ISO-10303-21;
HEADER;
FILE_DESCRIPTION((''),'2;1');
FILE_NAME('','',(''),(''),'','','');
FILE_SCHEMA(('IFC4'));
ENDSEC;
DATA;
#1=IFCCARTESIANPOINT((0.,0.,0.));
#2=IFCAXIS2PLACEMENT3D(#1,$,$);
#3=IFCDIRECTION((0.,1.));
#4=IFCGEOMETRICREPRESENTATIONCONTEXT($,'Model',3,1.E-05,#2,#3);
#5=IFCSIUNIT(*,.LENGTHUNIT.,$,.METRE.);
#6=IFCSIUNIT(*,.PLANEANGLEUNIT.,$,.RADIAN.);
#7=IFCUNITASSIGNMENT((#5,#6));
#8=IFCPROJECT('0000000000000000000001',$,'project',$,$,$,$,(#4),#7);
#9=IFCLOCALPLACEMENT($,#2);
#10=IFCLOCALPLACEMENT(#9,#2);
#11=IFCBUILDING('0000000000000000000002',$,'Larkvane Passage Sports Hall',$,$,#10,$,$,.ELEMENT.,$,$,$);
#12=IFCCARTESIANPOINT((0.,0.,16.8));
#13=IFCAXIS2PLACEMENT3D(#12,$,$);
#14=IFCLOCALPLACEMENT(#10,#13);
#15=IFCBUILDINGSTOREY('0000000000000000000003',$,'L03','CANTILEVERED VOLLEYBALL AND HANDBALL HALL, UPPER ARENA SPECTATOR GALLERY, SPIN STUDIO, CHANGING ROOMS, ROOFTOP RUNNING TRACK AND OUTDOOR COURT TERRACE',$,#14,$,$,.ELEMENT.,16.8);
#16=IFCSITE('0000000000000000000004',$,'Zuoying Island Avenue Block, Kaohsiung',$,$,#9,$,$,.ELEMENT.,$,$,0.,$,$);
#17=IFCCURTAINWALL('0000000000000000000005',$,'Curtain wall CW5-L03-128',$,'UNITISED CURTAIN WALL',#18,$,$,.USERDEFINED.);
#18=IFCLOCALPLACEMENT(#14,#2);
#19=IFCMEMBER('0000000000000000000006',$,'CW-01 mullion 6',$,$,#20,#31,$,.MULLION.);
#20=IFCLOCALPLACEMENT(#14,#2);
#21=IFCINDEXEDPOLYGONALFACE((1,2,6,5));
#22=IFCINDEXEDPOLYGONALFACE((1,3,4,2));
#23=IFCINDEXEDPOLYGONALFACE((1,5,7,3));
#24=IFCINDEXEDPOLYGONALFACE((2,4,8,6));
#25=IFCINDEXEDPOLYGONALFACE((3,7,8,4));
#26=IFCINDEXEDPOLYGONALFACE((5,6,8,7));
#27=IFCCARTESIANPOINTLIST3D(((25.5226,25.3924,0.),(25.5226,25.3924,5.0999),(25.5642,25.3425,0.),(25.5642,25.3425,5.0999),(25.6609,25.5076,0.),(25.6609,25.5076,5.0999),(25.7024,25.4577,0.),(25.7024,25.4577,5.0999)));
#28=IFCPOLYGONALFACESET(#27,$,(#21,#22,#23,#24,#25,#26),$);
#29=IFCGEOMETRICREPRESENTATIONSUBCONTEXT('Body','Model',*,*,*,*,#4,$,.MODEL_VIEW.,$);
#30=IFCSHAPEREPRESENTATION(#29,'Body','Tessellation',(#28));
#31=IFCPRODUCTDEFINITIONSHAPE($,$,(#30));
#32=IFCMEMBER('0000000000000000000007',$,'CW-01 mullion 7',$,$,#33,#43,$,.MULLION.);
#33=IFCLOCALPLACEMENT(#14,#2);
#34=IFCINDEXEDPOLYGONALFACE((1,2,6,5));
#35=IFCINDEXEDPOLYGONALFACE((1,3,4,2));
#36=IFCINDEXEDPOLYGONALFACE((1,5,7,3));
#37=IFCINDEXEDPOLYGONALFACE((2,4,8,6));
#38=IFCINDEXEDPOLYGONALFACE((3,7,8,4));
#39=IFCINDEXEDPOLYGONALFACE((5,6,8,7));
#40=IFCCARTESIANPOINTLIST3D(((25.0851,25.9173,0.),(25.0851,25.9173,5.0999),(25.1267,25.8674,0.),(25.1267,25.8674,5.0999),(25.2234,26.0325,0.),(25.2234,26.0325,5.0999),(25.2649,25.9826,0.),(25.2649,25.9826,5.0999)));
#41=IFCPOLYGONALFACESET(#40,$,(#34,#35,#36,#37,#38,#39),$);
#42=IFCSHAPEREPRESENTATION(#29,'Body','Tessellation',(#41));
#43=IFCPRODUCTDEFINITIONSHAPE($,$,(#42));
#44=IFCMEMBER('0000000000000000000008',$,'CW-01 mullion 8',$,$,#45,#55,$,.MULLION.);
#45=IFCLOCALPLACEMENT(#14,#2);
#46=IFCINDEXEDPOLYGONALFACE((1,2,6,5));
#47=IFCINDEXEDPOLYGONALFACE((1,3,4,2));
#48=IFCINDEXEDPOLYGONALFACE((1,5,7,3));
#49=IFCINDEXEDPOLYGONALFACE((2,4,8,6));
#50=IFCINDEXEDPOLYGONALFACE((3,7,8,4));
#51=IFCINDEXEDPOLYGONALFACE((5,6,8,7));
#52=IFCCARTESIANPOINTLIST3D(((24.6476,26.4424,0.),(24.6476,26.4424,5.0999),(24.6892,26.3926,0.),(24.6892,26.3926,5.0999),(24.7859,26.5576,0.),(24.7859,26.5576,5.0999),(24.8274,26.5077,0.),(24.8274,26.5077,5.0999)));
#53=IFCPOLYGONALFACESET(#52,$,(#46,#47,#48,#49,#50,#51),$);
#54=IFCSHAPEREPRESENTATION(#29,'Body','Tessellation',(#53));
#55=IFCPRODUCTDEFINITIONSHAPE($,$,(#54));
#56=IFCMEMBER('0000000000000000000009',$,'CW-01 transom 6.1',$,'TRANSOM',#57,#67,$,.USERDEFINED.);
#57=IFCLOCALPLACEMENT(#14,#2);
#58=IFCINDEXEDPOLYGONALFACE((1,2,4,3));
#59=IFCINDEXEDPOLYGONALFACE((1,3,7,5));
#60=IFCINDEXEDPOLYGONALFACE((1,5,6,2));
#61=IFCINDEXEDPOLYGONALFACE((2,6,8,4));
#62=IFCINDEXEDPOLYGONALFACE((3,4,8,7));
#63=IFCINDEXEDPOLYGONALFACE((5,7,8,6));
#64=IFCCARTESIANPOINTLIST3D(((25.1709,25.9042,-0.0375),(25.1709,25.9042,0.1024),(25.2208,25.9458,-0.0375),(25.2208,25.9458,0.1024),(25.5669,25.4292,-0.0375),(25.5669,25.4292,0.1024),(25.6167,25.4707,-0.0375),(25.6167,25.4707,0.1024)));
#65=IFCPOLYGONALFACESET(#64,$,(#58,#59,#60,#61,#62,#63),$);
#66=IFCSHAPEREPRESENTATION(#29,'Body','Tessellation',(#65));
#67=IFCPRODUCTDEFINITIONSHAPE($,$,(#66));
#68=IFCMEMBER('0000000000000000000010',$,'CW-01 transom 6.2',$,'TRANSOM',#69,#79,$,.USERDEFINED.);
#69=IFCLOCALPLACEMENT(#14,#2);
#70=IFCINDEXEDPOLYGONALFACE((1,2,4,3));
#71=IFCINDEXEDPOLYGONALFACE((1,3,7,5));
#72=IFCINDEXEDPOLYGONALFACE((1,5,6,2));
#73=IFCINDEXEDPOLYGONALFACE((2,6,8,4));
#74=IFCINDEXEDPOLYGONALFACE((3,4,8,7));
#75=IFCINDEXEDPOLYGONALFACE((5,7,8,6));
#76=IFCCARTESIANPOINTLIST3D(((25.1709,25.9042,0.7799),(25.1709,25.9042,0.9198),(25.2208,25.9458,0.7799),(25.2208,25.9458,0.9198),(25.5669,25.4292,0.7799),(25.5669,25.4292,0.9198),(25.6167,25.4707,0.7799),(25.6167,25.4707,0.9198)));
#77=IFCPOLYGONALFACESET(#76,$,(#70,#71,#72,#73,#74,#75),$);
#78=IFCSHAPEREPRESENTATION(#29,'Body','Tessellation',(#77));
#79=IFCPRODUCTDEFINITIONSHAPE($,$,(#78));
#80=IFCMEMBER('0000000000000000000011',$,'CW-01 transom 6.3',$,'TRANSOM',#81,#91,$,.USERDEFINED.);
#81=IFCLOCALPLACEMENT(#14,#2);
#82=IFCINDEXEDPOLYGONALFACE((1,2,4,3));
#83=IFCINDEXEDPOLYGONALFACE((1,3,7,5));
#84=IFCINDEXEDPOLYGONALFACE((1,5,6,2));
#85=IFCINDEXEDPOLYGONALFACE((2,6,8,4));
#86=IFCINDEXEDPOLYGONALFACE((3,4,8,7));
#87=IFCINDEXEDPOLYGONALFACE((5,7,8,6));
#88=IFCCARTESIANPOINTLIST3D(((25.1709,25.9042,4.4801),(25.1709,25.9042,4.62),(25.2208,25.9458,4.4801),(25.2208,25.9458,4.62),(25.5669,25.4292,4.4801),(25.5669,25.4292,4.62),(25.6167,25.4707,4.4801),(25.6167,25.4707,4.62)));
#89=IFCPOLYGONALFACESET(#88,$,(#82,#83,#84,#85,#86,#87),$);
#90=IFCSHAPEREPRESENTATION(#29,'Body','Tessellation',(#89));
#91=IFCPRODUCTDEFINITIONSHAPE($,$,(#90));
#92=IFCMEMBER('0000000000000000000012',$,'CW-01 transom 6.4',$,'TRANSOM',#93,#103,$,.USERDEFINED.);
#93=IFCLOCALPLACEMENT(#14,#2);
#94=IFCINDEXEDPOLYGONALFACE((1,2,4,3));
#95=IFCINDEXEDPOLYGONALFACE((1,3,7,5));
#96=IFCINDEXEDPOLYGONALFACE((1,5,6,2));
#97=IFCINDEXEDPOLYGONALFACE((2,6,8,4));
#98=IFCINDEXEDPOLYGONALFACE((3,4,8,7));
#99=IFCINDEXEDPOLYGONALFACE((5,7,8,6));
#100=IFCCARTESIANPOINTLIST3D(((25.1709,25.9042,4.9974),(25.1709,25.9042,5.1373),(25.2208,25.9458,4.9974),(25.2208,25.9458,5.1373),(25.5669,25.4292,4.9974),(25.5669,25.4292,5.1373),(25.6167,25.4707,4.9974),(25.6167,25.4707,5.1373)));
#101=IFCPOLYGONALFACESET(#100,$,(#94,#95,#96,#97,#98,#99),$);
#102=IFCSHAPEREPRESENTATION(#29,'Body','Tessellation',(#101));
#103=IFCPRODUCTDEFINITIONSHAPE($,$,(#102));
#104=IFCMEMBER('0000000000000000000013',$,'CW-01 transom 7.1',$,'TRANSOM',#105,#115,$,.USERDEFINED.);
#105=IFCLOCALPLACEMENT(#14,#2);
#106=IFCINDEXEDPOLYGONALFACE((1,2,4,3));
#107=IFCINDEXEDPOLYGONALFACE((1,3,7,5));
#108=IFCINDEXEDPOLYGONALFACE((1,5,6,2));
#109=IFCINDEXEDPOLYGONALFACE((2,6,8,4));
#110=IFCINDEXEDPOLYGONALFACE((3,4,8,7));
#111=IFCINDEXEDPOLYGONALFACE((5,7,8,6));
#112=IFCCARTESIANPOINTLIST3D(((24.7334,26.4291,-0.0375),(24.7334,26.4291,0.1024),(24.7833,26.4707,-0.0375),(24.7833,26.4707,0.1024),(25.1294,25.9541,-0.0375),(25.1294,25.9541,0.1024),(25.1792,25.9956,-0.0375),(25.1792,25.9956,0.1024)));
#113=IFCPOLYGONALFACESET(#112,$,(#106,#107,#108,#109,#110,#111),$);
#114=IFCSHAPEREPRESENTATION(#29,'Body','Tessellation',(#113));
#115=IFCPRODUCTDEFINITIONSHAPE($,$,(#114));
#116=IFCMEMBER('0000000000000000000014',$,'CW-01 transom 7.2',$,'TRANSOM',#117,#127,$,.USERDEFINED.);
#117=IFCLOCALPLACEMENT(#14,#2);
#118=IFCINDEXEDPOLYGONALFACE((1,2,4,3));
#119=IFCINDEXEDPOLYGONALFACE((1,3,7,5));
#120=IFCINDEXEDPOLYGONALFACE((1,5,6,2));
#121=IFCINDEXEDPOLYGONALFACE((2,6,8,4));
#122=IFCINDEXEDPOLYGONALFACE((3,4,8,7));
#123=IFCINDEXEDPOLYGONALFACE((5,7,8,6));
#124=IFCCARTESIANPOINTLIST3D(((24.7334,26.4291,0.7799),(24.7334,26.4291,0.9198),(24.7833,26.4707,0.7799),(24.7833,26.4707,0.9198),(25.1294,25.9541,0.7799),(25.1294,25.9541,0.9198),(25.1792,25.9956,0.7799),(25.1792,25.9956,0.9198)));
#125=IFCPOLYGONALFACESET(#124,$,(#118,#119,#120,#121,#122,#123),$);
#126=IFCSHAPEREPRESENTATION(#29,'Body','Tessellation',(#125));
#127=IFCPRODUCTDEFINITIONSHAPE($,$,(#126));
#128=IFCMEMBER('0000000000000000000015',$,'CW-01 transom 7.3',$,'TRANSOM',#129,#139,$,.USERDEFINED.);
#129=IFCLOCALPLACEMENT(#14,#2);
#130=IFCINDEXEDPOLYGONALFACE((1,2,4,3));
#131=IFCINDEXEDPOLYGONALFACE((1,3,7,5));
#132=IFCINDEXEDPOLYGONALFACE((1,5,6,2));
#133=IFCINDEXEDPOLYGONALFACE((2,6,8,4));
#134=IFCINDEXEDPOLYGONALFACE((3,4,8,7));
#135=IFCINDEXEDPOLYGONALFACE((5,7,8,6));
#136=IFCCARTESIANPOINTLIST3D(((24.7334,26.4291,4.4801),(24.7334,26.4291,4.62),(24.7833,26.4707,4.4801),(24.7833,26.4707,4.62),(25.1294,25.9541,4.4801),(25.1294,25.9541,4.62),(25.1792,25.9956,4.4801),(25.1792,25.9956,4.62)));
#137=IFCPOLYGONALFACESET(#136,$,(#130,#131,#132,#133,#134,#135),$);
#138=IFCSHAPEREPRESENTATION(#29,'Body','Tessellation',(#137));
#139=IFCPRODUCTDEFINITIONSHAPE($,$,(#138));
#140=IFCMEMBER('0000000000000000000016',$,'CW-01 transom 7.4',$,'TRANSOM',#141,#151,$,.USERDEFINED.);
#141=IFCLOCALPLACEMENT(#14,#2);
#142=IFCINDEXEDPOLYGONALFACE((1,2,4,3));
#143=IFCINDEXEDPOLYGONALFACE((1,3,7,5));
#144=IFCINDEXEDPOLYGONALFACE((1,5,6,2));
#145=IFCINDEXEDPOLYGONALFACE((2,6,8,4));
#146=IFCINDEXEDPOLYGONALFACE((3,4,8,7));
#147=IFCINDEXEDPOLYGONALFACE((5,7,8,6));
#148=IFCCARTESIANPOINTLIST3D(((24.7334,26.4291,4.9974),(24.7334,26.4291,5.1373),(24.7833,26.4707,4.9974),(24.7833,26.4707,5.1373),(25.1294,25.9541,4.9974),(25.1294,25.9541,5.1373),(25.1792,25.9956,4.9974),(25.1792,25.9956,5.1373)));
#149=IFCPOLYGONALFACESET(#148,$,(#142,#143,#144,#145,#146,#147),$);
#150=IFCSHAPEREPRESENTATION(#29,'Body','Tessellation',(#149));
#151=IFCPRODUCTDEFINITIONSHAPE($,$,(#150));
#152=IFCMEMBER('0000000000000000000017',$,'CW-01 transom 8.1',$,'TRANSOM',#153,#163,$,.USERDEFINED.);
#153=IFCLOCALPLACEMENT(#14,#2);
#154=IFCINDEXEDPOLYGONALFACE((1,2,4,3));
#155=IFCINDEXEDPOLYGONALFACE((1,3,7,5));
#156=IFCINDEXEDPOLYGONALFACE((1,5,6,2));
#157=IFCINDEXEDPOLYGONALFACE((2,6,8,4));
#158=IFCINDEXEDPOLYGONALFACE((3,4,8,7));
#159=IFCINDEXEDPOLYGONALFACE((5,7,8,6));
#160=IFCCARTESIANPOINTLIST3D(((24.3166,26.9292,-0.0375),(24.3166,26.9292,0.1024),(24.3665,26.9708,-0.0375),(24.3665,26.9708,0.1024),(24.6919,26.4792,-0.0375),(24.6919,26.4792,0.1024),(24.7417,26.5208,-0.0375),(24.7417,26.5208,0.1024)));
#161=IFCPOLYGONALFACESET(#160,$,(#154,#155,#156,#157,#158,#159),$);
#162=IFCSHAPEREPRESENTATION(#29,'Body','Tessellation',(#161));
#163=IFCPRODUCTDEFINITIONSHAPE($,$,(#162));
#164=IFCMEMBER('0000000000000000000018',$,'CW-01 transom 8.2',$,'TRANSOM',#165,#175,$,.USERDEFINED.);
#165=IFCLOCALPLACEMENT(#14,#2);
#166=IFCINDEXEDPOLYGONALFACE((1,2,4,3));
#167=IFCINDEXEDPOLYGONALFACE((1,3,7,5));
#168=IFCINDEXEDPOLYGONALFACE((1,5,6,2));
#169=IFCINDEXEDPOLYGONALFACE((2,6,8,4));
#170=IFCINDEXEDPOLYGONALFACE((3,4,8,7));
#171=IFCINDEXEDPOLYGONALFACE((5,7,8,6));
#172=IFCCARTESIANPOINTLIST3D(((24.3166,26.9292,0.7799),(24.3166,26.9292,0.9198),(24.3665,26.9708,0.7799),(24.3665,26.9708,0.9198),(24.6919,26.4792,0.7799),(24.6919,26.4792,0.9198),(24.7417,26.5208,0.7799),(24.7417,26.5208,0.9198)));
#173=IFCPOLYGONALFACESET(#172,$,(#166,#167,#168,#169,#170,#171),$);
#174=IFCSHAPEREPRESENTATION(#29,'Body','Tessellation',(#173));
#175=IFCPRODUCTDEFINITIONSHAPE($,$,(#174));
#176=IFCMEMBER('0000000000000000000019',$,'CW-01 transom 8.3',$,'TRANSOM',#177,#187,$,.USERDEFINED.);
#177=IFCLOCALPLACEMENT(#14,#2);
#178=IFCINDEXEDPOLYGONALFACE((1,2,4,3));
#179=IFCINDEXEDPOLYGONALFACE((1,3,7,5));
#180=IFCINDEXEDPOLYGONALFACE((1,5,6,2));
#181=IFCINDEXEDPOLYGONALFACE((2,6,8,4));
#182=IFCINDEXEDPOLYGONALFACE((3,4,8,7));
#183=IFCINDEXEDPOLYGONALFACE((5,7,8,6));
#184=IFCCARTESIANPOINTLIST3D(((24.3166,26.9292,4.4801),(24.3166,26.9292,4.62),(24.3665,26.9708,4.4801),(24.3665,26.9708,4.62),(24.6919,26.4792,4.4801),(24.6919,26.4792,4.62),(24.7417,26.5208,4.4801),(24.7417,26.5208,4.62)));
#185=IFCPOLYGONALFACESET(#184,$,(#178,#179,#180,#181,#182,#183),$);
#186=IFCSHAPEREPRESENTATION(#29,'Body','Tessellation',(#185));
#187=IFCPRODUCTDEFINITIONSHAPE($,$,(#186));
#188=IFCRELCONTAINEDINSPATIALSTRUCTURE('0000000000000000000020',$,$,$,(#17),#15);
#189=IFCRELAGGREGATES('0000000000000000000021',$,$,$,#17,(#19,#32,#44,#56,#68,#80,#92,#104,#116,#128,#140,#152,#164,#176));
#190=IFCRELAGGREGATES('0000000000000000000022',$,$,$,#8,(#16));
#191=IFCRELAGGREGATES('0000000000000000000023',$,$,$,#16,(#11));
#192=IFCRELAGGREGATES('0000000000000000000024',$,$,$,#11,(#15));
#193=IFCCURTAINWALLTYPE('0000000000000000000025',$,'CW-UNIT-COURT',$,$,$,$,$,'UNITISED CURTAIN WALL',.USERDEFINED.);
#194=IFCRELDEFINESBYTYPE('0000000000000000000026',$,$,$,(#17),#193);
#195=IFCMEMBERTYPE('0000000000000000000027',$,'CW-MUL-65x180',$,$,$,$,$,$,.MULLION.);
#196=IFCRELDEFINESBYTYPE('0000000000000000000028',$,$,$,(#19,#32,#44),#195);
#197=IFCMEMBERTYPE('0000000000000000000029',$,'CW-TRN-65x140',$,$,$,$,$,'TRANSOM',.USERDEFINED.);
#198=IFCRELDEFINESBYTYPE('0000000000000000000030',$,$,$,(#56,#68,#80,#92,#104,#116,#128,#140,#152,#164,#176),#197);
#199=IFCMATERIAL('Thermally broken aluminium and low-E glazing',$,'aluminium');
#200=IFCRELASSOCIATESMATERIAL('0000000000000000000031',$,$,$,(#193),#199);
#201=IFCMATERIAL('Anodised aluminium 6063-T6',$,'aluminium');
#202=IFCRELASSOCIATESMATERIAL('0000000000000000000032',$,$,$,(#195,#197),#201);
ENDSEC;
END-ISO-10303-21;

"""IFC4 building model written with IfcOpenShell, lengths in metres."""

from ifc_helpers import new_model, si_unit, direction, frame, origin, origin_2d, place, context, subcontext, project, spatial, rectangle, extrude, material, material_profile, profile_set, type_object, element, aggregate, save


model = new_model("IFC4")

# Units and contexts
model_context = context("Model", 3, precision=1e-05, world=origin(), true_north=direction((0.0, 1.0)))
body_context = subcontext(model_context, "Body", "Model", "MODEL_VIEW")
ifc_project = project(units=[si_unit("LENGTHUNIT", "METRE"), si_unit("PLANEANGLEUNIT", "RADIAN")], contexts=[model_context])

# Site, building, storey
site_placement = place(None, origin())
site = spatial("IfcSite", under=ifc_project, at=site_placement, Name="Zuoying Island Avenue Block, Kaohsiung", CompositionType="ELEMENT", RefElevation=0.0)
building_placement = place(site_placement, origin())
building = spatial("IfcBuilding", under=site, at=building_placement, Name="Larkvane Passage Sports Hall", CompositionType="ELEMENT")
storey_placement = place(building_placement, frame((0.0, 0.0, 16.8)))
storey = spatial("IfcBuildingStorey", under=building, at=storey_placement, Name="L03", Description="CANTILEVERED VOLLEYBALL AND HANDBALL HALL, UPPER ARENA SPECTATOR GALLERY, SPIN STUDIO, CHANGING ROOMS, ROOFTOP RUNNING TRACK AND OUTDOOR COURT TERRACE", CompositionType="ELEMENT", Elevation=16.8)

# Curtain wall, members
ifc_material_1 = material(Name="Thermally broken aluminium and low-E glazing", Category="aluminium")
curtain_wall_type = type_object("IfcCurtainWallType", Name="CW-UNIT-COURT", ElementType="UNITISED CURTAIN WALL", PredefinedType="USERDEFINED", material=ifc_material_1)
curtain_wall_placement = place(storey_placement, origin())
curtain_wall = element("IfcCurtainWall", 1, at=curtain_wall_placement, inside=storey, type_object=curtain_wall_type, Name="Curtain wall CW5-L03-128", ObjectType="UNITISED CURTAIN WALL", PredefinedType="USERDEFINED")
ifc_material_2 = material(Name="Anodised aluminium 6063-T6", Category="aluminium")
ifc_material_profile_1 = material_profile(ifc_material_2, rectangle(XDim=0.0649, YDim=0.1799, at=origin_2d()), Name="ALU-MUL-65x180")
ifc_profile_set_1 = profile_set([ifc_material_profile_1], Name="Anodised aluminium 6063-T6")
member_type_1 = type_object("IfcMemberType", Name="CW-MUL-65x180", PredefinedType="MULLION", material=ifc_profile_set_1)
member_1_placement = place(storey_placement, frame((25.6125, 25.425, 0.0), z_axis=(0.0, 0.0, 1.0), x_axis=(-0.640184, 0.768221, 0.0)))
member_1 = element("IfcMember", 2, at=member_1_placement, type_object=member_type_1, Name="CW-01 mullion 6", PredefinedType="MULLION", context=body_context, shape_type="SweptSolid", body=[
    extrude(rectangle(XDim=0.0649, YDim=0.1799, at=origin_2d()), origin(), (0.0, 0.0, 1.0), 5.0999),
])
member_2_placement = place(storey_placement, frame((25.175, 25.95, 0.0), z_axis=(0.0, 0.0, 1.0), x_axis=(-0.640184, 0.768221, 0.0)))
member_2 = element("IfcMember", 3, at=member_2_placement, type_object=member_type_1, Name="CW-01 mullion 7", PredefinedType="MULLION", context=body_context, shape_type="SweptSolid", body=[
    extrude(rectangle(XDim=0.0649, YDim=0.1799, at=origin_2d()), origin(), (0.0, 0.0, 1.0), 5.0999),
])
member_3_placement = place(storey_placement, frame((24.7375, 26.4751, 0.0), z_axis=(0.0, 0.0, 1.0), x_axis=(-0.640184, 0.768221, 0.0)))
member_3 = element("IfcMember", 4, at=member_3_placement, type_object=member_type_1, Name="CW-01 mullion 8", PredefinedType="MULLION", context=body_context, shape_type="SweptSolid", body=[
    extrude(rectangle(XDim=0.0649, YDim=0.1799, at=origin_2d()), origin(), (0.0, 0.0, 1.0), 5.0999),
])
ifc_material_profile_2 = material_profile(ifc_material_2, rectangle(XDim=0.0649, YDim=0.1399, at=origin_2d()), Name="ALU-TRN-65x140")
ifc_profile_set_2 = profile_set([ifc_material_profile_2], Name="Anodised aluminium 6063-T6")
member_type_2 = type_object("IfcMemberType", Name="CW-TRN-65x140", ElementType="TRANSOM", PredefinedType="USERDEFINED", material=ifc_profile_set_2)
member_4_placement = place(storey_placement, frame((25.5918, 25.45, 0.0325), z_axis=(-0.640262, 0.768157, 0.0), x_axis=(-0.768157, -0.640262, 0.0)))
member_4 = element("IfcMember", 5, at=member_4_placement, type_object=member_type_2, Name="CW-01 transom 6.1", ObjectType="TRANSOM", PredefinedType="USERDEFINED", context=body_context, shape_type="SweptSolid", body=[
    extrude(rectangle(XDim=0.0649, YDim=0.1399, at=origin_2d()), origin(), (0.0, 0.0, 1.0), 0.6184),
])
member_5_placement = place(storey_placement, frame((25.5918, 25.45, 0.8499), z_axis=(-0.640262, 0.768157, 0.0), x_axis=(-0.768157, -0.640262, 0.0)))
member_5 = element("IfcMember", 6, at=member_5_placement, type_object=member_type_2, Name="CW-01 transom 6.2", ObjectType="TRANSOM", PredefinedType="USERDEFINED", context=body_context, shape_type="SweptSolid", body=[
    extrude(rectangle(XDim=0.0649, YDim=0.1399, at=origin_2d()), origin(), (0.0, 0.0, 1.0), 0.6184),
])
member_6_placement = place(storey_placement, frame((25.5918, 25.45, 4.55), z_axis=(-0.640262, 0.768157, 0.0), x_axis=(-0.768157, -0.640262, 0.0)))
member_6 = element("IfcMember", 7, at=member_6_placement, type_object=member_type_2, Name="CW-01 transom 6.3", ObjectType="TRANSOM", PredefinedType="USERDEFINED", context=body_context, shape_type="SweptSolid", body=[
    extrude(rectangle(XDim=0.0649, YDim=0.1399, at=origin_2d()), origin(), (0.0, 0.0, 1.0), 0.6184),
])
member_7_placement = place(storey_placement, frame((25.5918, 25.45, 5.0674), z_axis=(-0.640262, 0.768157, 0.0), x_axis=(-0.768157, -0.640262, 0.0)))
member_7 = element("IfcMember", 8, at=member_7_placement, type_object=member_type_2, Name="CW-01 transom 6.4", ObjectType="TRANSOM", PredefinedType="USERDEFINED", context=body_context, shape_type="SweptSolid", body=[
    extrude(rectangle(XDim=0.0649, YDim=0.1399, at=origin_2d()), origin(), (0.0, 0.0, 1.0), 0.6184),
])
member_8_placement = place(storey_placement, frame((25.1543, 25.9749, 0.0325), z_axis=(-0.640262, 0.768157, 0.0), x_axis=(-0.768157, -0.640262, 0.0)))
member_8 = element("IfcMember", 9, at=member_8_placement, type_object=member_type_2, Name="CW-01 transom 7.1", ObjectType="TRANSOM", PredefinedType="USERDEFINED", context=body_context, shape_type="SweptSolid", body=[
    extrude(rectangle(XDim=0.0649, YDim=0.1399, at=origin_2d()), origin(), (0.0, 0.0, 1.0), 0.6184),
])
member_9_placement = place(storey_placement, frame((25.1543, 25.9749, 0.8499), z_axis=(-0.640262, 0.768157, 0.0), x_axis=(-0.768157, -0.640262, 0.0)))
member_9 = element("IfcMember", 10, at=member_9_placement, type_object=member_type_2, Name="CW-01 transom 7.2", ObjectType="TRANSOM", PredefinedType="USERDEFINED", context=body_context, shape_type="SweptSolid", body=[
    extrude(rectangle(XDim=0.0649, YDim=0.1399, at=origin_2d()), origin(), (0.0, 0.0, 1.0), 0.6184),
])
member_10_placement = place(storey_placement, frame((25.1543, 25.9749, 4.55), z_axis=(-0.640262, 0.768157, 0.0), x_axis=(-0.768157, -0.640262, 0.0)))
member_10 = element("IfcMember", 11, at=member_10_placement, type_object=member_type_2, Name="CW-01 transom 7.3", ObjectType="TRANSOM", PredefinedType="USERDEFINED", context=body_context, shape_type="SweptSolid", body=[
    extrude(rectangle(XDim=0.0649, YDim=0.1399, at=origin_2d()), origin(), (0.0, 0.0, 1.0), 0.6184),
])
member_11_placement = place(storey_placement, frame((25.1543, 25.9749, 5.0674), z_axis=(-0.640262, 0.768157, 0.0), x_axis=(-0.768157, -0.640262, 0.0)))
member_11 = element("IfcMember", 12, at=member_11_placement, type_object=member_type_2, Name="CW-01 transom 7.4", ObjectType="TRANSOM", PredefinedType="USERDEFINED", context=body_context, shape_type="SweptSolid", body=[
    extrude(rectangle(XDim=0.0649, YDim=0.1399, at=origin_2d()), origin(), (0.0, 0.0, 1.0), 0.6184),
])
member_12_placement = place(storey_placement, frame((24.7168, 26.5, 0.0325), z_axis=(-0.640471, 0.767982, 0.0), x_axis=(-0.767982, -0.640471, 0.0)))
member_12 = element("IfcMember", 13, at=member_12_placement, type_object=member_type_2, Name="CW-01 transom 8.1", ObjectType="TRANSOM", PredefinedType="USERDEFINED", context=body_context, shape_type="SweptSolid", body=[
    extrude(rectangle(XDim=0.0649, YDim=0.1399, at=origin_2d()), origin(), (0.0, 0.0, 1.0), 0.5859),
])
member_13_placement = place(storey_placement, frame((24.7168, 26.5, 0.8499), z_axis=(-0.640471, 0.767982, 0.0), x_axis=(-0.767982, -0.640471, 0.0)))
member_13 = element("IfcMember", 14, at=member_13_placement, type_object=member_type_2, Name="CW-01 transom 8.2", ObjectType="TRANSOM", PredefinedType="USERDEFINED", context=body_context, shape_type="SweptSolid", body=[
    extrude(rectangle(XDim=0.0649, YDim=0.1399, at=origin_2d()), origin(), (0.0, 0.0, 1.0), 0.5859),
])
member_14_placement = place(storey_placement, frame((24.7168, 26.5, 4.55), z_axis=(-0.640471, 0.767982, 0.0), x_axis=(-0.767982, -0.640471, 0.0)))
member_14 = element("IfcMember", 15, at=member_14_placement, type_object=member_type_2, Name="CW-01 transom 8.3", ObjectType="TRANSOM", PredefinedType="USERDEFINED", context=body_context, shape_type="SweptSolid", body=[
    extrude(rectangle(XDim=0.0649, YDim=0.1399, at=origin_2d()), origin(), (0.0, 0.0, 1.0), 0.5859),
])
aggregate(curtain_wall, [member_1, member_2, member_3, member_4, member_5, member_6, member_7, member_8, member_9, member_10, member_11, member_12, member_13, member_14])

save(model, "model.ifc")
